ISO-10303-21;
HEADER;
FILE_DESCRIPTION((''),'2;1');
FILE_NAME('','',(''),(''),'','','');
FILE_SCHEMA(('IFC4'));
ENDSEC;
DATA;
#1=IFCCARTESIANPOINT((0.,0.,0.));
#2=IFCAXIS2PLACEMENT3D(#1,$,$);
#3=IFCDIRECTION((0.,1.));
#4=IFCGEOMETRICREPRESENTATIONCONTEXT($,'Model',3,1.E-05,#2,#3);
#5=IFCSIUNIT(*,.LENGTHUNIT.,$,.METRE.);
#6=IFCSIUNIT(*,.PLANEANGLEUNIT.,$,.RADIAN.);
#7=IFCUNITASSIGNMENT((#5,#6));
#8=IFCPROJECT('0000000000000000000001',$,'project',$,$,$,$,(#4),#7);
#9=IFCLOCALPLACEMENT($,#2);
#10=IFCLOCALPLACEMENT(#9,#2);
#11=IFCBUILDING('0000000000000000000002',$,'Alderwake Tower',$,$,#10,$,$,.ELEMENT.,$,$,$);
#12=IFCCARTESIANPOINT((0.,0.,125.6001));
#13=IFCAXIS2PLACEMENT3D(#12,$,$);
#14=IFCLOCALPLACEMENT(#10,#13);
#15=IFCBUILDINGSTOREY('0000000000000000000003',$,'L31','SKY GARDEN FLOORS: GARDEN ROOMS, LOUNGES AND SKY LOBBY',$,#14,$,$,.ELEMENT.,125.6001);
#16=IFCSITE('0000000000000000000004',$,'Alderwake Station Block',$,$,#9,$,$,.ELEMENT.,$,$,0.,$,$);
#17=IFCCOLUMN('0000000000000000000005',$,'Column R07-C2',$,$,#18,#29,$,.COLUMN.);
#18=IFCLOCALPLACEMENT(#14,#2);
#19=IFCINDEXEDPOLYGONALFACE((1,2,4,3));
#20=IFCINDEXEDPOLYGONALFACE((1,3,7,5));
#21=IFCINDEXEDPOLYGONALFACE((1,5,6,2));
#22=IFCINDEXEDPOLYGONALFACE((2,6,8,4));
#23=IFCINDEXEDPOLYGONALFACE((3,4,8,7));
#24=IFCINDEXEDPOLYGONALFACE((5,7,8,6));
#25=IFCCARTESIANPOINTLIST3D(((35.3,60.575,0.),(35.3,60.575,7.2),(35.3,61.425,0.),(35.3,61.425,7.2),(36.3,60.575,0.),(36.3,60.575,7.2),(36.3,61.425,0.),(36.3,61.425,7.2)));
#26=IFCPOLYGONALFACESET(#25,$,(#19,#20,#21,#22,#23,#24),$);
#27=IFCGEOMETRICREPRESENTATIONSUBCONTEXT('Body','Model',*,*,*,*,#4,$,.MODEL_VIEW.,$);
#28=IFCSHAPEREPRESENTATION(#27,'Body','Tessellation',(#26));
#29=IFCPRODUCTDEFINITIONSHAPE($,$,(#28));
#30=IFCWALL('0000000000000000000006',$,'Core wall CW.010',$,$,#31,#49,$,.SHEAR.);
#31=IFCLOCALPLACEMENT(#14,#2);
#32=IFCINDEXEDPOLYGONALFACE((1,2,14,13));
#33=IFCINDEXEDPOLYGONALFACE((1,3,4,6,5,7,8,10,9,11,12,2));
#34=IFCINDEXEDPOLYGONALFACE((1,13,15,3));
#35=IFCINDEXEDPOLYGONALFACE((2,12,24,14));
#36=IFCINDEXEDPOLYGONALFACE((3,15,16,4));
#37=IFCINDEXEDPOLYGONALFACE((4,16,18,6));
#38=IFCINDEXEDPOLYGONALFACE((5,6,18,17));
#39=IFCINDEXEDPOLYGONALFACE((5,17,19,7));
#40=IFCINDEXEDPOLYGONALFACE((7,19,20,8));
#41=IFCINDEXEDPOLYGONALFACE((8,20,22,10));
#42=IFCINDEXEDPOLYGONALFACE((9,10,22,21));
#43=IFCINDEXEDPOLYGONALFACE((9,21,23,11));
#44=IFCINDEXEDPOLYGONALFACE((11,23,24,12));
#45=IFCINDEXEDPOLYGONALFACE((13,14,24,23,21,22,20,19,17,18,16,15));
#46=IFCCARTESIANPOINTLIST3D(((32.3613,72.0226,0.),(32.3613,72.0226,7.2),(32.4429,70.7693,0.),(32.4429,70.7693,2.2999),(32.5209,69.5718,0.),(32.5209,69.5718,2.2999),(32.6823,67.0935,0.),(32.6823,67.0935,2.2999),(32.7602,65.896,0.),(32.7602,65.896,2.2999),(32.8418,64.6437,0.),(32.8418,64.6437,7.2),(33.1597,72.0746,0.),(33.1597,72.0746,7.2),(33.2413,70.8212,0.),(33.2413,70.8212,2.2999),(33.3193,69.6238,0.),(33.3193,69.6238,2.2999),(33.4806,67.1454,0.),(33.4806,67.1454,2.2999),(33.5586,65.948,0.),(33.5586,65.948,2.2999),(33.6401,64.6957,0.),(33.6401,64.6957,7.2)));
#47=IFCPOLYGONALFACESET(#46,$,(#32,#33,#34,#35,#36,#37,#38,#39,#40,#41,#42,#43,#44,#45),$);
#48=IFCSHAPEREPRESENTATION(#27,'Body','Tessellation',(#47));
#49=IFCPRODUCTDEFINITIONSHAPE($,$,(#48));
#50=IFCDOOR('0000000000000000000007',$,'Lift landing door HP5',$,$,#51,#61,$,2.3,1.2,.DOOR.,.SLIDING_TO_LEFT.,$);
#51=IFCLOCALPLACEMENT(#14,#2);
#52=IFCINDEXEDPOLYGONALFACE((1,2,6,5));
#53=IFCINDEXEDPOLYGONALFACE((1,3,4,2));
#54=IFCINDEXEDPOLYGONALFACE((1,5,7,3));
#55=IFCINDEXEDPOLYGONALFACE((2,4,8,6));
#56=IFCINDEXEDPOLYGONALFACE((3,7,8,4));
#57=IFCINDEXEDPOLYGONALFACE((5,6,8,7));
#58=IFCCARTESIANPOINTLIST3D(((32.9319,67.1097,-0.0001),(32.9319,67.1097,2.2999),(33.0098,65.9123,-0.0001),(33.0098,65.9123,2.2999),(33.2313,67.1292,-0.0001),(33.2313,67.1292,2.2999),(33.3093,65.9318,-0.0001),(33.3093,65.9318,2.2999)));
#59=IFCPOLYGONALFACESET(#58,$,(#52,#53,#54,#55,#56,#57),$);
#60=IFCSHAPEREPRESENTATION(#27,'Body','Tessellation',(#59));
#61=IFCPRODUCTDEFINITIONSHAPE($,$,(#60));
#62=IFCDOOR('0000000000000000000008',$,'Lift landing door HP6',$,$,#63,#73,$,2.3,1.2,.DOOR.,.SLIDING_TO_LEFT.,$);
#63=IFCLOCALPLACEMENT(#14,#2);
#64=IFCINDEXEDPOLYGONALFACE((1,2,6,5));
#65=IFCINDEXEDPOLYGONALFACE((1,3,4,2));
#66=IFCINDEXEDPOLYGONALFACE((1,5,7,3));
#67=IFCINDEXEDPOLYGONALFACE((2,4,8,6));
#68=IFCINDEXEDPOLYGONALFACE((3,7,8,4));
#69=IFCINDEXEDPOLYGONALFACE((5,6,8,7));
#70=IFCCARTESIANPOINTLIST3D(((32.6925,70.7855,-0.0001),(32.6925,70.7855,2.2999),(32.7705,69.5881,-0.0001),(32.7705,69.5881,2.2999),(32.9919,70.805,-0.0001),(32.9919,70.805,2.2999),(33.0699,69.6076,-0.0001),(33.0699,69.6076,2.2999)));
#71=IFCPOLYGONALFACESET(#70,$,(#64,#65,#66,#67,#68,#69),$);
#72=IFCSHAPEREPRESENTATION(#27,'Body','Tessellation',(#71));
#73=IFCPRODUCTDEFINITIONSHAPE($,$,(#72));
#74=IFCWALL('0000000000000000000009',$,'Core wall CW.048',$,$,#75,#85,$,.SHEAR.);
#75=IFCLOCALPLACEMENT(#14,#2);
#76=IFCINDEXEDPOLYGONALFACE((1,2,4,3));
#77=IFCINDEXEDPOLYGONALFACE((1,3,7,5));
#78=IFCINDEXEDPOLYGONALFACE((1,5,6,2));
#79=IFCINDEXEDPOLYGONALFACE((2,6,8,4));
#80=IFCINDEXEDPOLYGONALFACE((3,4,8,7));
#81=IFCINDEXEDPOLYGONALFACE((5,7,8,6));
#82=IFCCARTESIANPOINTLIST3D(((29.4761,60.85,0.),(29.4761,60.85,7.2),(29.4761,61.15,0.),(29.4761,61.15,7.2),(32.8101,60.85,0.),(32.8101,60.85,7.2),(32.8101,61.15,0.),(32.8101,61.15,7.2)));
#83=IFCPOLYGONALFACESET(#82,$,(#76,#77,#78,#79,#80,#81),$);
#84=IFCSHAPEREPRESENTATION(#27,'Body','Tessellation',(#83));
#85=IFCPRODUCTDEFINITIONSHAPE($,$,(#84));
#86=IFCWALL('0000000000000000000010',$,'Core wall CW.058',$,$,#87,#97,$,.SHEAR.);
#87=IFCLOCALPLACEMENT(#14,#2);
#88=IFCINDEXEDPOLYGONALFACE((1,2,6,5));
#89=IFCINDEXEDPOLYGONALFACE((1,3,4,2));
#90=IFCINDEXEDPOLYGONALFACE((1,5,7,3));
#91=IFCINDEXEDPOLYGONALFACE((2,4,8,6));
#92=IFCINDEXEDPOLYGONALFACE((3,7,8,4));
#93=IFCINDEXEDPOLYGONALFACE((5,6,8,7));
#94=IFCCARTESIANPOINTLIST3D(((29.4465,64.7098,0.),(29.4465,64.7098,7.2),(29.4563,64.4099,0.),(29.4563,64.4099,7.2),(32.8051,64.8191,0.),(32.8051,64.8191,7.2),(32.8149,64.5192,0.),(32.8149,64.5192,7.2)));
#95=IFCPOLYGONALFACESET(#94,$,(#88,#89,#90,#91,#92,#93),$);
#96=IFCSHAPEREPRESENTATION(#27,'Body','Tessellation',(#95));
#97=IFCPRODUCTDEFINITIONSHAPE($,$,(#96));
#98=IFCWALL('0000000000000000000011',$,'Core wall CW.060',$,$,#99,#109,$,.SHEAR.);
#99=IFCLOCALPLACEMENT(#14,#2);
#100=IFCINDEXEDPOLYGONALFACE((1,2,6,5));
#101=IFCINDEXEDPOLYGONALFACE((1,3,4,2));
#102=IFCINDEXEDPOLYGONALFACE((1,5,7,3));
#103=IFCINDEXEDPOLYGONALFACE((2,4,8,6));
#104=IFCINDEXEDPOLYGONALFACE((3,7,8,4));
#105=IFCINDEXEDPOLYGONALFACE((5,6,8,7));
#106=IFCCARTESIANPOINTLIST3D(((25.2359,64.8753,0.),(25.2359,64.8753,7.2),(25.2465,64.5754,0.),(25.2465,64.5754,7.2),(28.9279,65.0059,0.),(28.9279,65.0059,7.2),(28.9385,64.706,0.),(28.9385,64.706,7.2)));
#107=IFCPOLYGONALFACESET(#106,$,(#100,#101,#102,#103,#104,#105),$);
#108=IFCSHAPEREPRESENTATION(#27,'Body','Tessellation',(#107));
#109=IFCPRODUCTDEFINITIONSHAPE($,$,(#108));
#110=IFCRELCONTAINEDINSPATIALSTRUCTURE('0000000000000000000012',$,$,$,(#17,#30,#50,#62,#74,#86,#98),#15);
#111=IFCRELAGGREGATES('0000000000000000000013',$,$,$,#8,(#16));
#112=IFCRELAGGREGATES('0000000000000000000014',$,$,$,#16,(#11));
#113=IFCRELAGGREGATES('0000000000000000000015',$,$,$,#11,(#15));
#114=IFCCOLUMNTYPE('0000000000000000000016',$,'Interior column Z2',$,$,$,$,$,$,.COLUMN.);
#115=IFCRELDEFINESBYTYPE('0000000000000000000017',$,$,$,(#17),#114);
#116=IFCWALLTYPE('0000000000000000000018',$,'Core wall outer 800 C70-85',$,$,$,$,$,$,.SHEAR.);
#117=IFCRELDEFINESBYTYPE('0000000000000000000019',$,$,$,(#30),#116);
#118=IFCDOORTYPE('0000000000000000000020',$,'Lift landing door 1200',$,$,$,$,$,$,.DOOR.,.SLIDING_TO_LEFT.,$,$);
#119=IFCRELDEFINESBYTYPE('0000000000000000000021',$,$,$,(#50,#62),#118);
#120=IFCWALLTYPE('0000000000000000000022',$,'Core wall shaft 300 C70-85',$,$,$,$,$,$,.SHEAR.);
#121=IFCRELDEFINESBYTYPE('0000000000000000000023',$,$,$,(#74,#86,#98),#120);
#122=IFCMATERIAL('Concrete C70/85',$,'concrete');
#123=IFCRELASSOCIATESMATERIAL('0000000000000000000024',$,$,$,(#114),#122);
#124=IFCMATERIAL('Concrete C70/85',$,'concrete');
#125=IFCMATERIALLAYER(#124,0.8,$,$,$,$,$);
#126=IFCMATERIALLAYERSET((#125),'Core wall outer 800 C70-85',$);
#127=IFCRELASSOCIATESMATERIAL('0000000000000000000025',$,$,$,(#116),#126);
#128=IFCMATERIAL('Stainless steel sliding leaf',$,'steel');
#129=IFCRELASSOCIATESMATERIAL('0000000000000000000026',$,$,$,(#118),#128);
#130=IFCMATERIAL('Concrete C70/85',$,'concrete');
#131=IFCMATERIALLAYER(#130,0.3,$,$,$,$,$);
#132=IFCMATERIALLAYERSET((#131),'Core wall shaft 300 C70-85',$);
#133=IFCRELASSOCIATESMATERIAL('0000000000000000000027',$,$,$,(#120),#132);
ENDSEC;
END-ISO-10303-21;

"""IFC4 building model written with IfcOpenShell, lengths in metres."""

from ifc_helpers import new_model, si_unit, direction, frame, frame_2d, origin, origin_2d, place, context, subcontext, project, spatial, rectangle, extrude, material, layer, layer_set, material_profile, profile_set, type_object, element, fill, save


model = new_model("IFC4")

# Units and contexts
model_context = context("Model", 3, precision=1e-05, world=origin(), true_north=direction((0.0, 1.0)))
body_context = subcontext(model_context, "Body", "Model", "MODEL_VIEW")
ifc_project = project(units=[si_unit("LENGTHUNIT", "METRE"), si_unit("PLANEANGLEUNIT", "RADIAN")], contexts=[model_context])

# Site, building, storey
site_placement = place(None, origin())
site = spatial("IfcSite", under=ifc_project, at=site_placement, Name="Alderwake Station Block", CompositionType="ELEMENT", RefElevation=0.0)
building_placement = place(site_placement, origin())
building = spatial("IfcBuilding", under=site, at=building_placement, Name="Alderwake Tower", CompositionType="ELEMENT")
storey_placement = place(building_placement, frame((0.0, 0.0, 125.6001)))
storey = spatial("IfcBuildingStorey", under=building, at=storey_placement, Name="L31", Description="SKY GARDEN FLOORS: GARDEN ROOMS, LOUNGES AND SKY LOBBY", CompositionType="ELEMENT", Elevation=125.6001)

# Column
ifc_material_1 = material(Name="Concrete C70/85", Category="concrete")
ifc_material_profile = material_profile(ifc_material_1, rectangle(XDim=0.8501, YDim=1.0, at=origin_2d()), Name="RC 1000X850")
ifc_profile_set = profile_set([ifc_material_profile], Name="Concrete C70/85")
column_type = type_object("IfcColumnType", Name="Interior column Z2", PredefinedType="COLUMN", material=ifc_profile_set)
column_placement = place(storey_placement, frame((35.8, 61.0, 0.0), z_axis=(0.0, 0.0, 1.0), x_axis=(0.0, 1.0, 0.0)))
element("IfcColumn", 1, at=column_placement, inside=storey, type_object=column_type, Name="Column R07-C2", PredefinedType="COLUMN", context=body_context, shape_type="SweptSolid", body=[
    extrude(rectangle(XDim=0.8501, YDim=1.0, at=origin_2d()), origin(), (0.0, 0.0, 1.0), 7.2),
])

# Wall, openings, doors
ifc_material_2 = material(Name="Concrete C70/85", Category="concrete")
ifc_layer_1 = layer(ifc_material_2, 0.8)
ifc_layer_set_1 = layer_set([ifc_layer_1], Name="Core wall outer 800 C70-85")
wall_type_1 = type_object("IfcWallType", Name="Core wall outer 800 C70-85", PredefinedType="SHEAR", material=ifc_layer_set_1)
wall_1_placement = place(storey_placement, frame((33.241, 64.6697, 0.0), z_axis=(0.0, 0.0, 1.0), x_axis=(-0.064976, 0.997887, 0.0)))
wall_1 = element("IfcWall", 2, at=wall_1_placement, inside=storey, type_object=wall_type_1, Name="Core wall CW.010", PredefinedType="SHEAR", context=body_context, shape_type="SweptSolid", body=[
    extrude(rectangle(XDim=7.3945, YDim=0.8, at=frame_2d((3.6973, 0.0))), origin(), (0.0, 0.0, 1.0), 7.2),
])
opening_1_placement = place(wall_1_placement, frame((1.2549, 0.0, 0.0)))
opening_1 = element("IfcOpeningElement", 3, at=opening_1_placement, cuts=wall_1, PredefinedType="OPENING", context=body_context, shape_type="SweptSolid", body=[
    extrude(rectangle(XDim=1.2, YDim=2.3, at=frame_2d((0.6001, 1.1499))), frame((0.0, 0.4099, 0.0), z_axis=(0.0, -1.0, 0.0), x_axis=(1.0, 0.0, 0.0)), (0.0, 0.0, 1.0), 0.8201),
])
opening_2_placement = place(wall_1_placement, frame((4.9385, 0.0, 0.0)))
opening_2 = element("IfcOpeningElement", 4, at=opening_2_placement, cuts=wall_1, PredefinedType="OPENING", context=body_context, shape_type="SweptSolid", body=[
    extrude(rectangle(XDim=1.2, YDim=2.3, at=frame_2d((0.6001, 1.1499))), frame((0.0, 0.4099, 0.0), z_axis=(0.0, -1.0, 0.0), x_axis=(1.0, 0.0, 0.0)), (0.0, 0.0, 1.0), 0.8201),
])
ifc_material_3 = material(Name="Stainless steel sliding leaf", Category="steel")
door_type_1 = type_object("IfcDoorType", Name="Lift landing door 1200", OperationType="SLIDING_TO_LEFT", PredefinedType="DOOR", material=ifc_material_3)
door_1_placement = place(opening_1_placement, origin())
door_1 = element("IfcDoor", 5, at=door_1_placement, inside=storey, type_object=door_type_1, Name="Lift landing door HP5", OperationType="SLIDING_TO_LEFT", OverallHeight=2.3, OverallWidth=1.2, PredefinedType="DOOR", context=body_context, shape_type="SweptSolid", body=[
    extrude(rectangle(XDim=1.2, YDim=2.3, at=frame_2d((0.6001, 1.1499))), frame((0.0, 0.1499, 0.0), z_axis=(0.0, -1.0, 0.0), x_axis=(1.0, 0.0, 0.0)), (0.0, 0.0, 1.0), 0.3),
])
fill(opening_1, door_1)
door_2_placement = place(opening_2_placement, origin())
door_2 = element("IfcDoor", 6, at=door_2_placement, inside=storey, type_object=door_type_1, Name="Lift landing door HP6", OperationType="SLIDING_TO_LEFT", OverallHeight=2.3, OverallWidth=1.2, PredefinedType="DOOR", context=body_context, shape_type="SweptSolid", body=[
    extrude(rectangle(XDim=1.2, YDim=2.3, at=frame_2d((0.6001, 1.1499))), frame((0.0, 0.1499, 0.0), z_axis=(0.0, -1.0, 0.0), x_axis=(1.0, 0.0, 0.0)), (0.0, 0.0, 1.0), 0.3),
])
fill(opening_2, door_2)

# Walls
ifc_material_4 = material(Name="Concrete C70/85", Category="concrete")
ifc_layer_2 = layer(ifc_material_4, 0.3)
ifc_layer_set_2 = layer_set([ifc_layer_2], Name="Core wall shaft 300 C70-85")
wall_type_2 = type_object("IfcWallType", Name="Core wall shaft 300 C70-85", PredefinedType="SHEAR", material=ifc_layer_set_2)
wall_2_placement = place(storey_placement, frame((29.4761, 61.0, 0.0), z_axis=(0.0, 0.0, 1.0), x_axis=(1.0, 0.0, 0.0)))
element("IfcWall", 7, at=wall_2_placement, inside=storey, type_object=wall_type_2, Name="Core wall CW.048", PredefinedType="SHEAR", context=body_context, shape_type="SweptSolid", body=[
    extrude(rectangle(XDim=3.334, YDim=0.3, at=frame_2d((1.667, 0.0))), origin(), (0.0, 0.0, 1.0), 7.2),
])
wall_3_placement = place(storey_placement, frame((29.4514, 64.5598, 0.0), z_axis=(0.0, 0.0, 1.0), x_axis=(0.99947, 0.032548, 0.0)))
element("IfcWall", 8, at=wall_3_placement, inside=storey, type_object=wall_type_2, Name="Core wall CW.058", PredefinedType="SHEAR", context=body_context, shape_type="SweptSolid", body=[
    extrude(rectangle(XDim=3.3604, YDim=0.3, at=frame_2d((1.6802, 0.0))), origin(), (0.0, 0.0, 1.0), 7.2),
])
wall_4_placement = place(storey_placement, frame((25.2412, 64.7253, 0.0), z_axis=(0.0, 0.0, 1.0), x_axis=(0.999375, 0.035354, 0.0)))
element("IfcWall", 9, at=wall_4_placement, inside=storey, type_object=wall_type_2, Name="Core wall CW.060", PredefinedType="SHEAR", context=body_context, shape_type="SweptSolid", body=[
    extrude(rectangle(XDim=3.6943, YDim=0.3, at=frame_2d((1.8472, 0.0))), origin(), (0.0, 0.0, 1.0), 7.2),
])

save(model, "model.ifc")
